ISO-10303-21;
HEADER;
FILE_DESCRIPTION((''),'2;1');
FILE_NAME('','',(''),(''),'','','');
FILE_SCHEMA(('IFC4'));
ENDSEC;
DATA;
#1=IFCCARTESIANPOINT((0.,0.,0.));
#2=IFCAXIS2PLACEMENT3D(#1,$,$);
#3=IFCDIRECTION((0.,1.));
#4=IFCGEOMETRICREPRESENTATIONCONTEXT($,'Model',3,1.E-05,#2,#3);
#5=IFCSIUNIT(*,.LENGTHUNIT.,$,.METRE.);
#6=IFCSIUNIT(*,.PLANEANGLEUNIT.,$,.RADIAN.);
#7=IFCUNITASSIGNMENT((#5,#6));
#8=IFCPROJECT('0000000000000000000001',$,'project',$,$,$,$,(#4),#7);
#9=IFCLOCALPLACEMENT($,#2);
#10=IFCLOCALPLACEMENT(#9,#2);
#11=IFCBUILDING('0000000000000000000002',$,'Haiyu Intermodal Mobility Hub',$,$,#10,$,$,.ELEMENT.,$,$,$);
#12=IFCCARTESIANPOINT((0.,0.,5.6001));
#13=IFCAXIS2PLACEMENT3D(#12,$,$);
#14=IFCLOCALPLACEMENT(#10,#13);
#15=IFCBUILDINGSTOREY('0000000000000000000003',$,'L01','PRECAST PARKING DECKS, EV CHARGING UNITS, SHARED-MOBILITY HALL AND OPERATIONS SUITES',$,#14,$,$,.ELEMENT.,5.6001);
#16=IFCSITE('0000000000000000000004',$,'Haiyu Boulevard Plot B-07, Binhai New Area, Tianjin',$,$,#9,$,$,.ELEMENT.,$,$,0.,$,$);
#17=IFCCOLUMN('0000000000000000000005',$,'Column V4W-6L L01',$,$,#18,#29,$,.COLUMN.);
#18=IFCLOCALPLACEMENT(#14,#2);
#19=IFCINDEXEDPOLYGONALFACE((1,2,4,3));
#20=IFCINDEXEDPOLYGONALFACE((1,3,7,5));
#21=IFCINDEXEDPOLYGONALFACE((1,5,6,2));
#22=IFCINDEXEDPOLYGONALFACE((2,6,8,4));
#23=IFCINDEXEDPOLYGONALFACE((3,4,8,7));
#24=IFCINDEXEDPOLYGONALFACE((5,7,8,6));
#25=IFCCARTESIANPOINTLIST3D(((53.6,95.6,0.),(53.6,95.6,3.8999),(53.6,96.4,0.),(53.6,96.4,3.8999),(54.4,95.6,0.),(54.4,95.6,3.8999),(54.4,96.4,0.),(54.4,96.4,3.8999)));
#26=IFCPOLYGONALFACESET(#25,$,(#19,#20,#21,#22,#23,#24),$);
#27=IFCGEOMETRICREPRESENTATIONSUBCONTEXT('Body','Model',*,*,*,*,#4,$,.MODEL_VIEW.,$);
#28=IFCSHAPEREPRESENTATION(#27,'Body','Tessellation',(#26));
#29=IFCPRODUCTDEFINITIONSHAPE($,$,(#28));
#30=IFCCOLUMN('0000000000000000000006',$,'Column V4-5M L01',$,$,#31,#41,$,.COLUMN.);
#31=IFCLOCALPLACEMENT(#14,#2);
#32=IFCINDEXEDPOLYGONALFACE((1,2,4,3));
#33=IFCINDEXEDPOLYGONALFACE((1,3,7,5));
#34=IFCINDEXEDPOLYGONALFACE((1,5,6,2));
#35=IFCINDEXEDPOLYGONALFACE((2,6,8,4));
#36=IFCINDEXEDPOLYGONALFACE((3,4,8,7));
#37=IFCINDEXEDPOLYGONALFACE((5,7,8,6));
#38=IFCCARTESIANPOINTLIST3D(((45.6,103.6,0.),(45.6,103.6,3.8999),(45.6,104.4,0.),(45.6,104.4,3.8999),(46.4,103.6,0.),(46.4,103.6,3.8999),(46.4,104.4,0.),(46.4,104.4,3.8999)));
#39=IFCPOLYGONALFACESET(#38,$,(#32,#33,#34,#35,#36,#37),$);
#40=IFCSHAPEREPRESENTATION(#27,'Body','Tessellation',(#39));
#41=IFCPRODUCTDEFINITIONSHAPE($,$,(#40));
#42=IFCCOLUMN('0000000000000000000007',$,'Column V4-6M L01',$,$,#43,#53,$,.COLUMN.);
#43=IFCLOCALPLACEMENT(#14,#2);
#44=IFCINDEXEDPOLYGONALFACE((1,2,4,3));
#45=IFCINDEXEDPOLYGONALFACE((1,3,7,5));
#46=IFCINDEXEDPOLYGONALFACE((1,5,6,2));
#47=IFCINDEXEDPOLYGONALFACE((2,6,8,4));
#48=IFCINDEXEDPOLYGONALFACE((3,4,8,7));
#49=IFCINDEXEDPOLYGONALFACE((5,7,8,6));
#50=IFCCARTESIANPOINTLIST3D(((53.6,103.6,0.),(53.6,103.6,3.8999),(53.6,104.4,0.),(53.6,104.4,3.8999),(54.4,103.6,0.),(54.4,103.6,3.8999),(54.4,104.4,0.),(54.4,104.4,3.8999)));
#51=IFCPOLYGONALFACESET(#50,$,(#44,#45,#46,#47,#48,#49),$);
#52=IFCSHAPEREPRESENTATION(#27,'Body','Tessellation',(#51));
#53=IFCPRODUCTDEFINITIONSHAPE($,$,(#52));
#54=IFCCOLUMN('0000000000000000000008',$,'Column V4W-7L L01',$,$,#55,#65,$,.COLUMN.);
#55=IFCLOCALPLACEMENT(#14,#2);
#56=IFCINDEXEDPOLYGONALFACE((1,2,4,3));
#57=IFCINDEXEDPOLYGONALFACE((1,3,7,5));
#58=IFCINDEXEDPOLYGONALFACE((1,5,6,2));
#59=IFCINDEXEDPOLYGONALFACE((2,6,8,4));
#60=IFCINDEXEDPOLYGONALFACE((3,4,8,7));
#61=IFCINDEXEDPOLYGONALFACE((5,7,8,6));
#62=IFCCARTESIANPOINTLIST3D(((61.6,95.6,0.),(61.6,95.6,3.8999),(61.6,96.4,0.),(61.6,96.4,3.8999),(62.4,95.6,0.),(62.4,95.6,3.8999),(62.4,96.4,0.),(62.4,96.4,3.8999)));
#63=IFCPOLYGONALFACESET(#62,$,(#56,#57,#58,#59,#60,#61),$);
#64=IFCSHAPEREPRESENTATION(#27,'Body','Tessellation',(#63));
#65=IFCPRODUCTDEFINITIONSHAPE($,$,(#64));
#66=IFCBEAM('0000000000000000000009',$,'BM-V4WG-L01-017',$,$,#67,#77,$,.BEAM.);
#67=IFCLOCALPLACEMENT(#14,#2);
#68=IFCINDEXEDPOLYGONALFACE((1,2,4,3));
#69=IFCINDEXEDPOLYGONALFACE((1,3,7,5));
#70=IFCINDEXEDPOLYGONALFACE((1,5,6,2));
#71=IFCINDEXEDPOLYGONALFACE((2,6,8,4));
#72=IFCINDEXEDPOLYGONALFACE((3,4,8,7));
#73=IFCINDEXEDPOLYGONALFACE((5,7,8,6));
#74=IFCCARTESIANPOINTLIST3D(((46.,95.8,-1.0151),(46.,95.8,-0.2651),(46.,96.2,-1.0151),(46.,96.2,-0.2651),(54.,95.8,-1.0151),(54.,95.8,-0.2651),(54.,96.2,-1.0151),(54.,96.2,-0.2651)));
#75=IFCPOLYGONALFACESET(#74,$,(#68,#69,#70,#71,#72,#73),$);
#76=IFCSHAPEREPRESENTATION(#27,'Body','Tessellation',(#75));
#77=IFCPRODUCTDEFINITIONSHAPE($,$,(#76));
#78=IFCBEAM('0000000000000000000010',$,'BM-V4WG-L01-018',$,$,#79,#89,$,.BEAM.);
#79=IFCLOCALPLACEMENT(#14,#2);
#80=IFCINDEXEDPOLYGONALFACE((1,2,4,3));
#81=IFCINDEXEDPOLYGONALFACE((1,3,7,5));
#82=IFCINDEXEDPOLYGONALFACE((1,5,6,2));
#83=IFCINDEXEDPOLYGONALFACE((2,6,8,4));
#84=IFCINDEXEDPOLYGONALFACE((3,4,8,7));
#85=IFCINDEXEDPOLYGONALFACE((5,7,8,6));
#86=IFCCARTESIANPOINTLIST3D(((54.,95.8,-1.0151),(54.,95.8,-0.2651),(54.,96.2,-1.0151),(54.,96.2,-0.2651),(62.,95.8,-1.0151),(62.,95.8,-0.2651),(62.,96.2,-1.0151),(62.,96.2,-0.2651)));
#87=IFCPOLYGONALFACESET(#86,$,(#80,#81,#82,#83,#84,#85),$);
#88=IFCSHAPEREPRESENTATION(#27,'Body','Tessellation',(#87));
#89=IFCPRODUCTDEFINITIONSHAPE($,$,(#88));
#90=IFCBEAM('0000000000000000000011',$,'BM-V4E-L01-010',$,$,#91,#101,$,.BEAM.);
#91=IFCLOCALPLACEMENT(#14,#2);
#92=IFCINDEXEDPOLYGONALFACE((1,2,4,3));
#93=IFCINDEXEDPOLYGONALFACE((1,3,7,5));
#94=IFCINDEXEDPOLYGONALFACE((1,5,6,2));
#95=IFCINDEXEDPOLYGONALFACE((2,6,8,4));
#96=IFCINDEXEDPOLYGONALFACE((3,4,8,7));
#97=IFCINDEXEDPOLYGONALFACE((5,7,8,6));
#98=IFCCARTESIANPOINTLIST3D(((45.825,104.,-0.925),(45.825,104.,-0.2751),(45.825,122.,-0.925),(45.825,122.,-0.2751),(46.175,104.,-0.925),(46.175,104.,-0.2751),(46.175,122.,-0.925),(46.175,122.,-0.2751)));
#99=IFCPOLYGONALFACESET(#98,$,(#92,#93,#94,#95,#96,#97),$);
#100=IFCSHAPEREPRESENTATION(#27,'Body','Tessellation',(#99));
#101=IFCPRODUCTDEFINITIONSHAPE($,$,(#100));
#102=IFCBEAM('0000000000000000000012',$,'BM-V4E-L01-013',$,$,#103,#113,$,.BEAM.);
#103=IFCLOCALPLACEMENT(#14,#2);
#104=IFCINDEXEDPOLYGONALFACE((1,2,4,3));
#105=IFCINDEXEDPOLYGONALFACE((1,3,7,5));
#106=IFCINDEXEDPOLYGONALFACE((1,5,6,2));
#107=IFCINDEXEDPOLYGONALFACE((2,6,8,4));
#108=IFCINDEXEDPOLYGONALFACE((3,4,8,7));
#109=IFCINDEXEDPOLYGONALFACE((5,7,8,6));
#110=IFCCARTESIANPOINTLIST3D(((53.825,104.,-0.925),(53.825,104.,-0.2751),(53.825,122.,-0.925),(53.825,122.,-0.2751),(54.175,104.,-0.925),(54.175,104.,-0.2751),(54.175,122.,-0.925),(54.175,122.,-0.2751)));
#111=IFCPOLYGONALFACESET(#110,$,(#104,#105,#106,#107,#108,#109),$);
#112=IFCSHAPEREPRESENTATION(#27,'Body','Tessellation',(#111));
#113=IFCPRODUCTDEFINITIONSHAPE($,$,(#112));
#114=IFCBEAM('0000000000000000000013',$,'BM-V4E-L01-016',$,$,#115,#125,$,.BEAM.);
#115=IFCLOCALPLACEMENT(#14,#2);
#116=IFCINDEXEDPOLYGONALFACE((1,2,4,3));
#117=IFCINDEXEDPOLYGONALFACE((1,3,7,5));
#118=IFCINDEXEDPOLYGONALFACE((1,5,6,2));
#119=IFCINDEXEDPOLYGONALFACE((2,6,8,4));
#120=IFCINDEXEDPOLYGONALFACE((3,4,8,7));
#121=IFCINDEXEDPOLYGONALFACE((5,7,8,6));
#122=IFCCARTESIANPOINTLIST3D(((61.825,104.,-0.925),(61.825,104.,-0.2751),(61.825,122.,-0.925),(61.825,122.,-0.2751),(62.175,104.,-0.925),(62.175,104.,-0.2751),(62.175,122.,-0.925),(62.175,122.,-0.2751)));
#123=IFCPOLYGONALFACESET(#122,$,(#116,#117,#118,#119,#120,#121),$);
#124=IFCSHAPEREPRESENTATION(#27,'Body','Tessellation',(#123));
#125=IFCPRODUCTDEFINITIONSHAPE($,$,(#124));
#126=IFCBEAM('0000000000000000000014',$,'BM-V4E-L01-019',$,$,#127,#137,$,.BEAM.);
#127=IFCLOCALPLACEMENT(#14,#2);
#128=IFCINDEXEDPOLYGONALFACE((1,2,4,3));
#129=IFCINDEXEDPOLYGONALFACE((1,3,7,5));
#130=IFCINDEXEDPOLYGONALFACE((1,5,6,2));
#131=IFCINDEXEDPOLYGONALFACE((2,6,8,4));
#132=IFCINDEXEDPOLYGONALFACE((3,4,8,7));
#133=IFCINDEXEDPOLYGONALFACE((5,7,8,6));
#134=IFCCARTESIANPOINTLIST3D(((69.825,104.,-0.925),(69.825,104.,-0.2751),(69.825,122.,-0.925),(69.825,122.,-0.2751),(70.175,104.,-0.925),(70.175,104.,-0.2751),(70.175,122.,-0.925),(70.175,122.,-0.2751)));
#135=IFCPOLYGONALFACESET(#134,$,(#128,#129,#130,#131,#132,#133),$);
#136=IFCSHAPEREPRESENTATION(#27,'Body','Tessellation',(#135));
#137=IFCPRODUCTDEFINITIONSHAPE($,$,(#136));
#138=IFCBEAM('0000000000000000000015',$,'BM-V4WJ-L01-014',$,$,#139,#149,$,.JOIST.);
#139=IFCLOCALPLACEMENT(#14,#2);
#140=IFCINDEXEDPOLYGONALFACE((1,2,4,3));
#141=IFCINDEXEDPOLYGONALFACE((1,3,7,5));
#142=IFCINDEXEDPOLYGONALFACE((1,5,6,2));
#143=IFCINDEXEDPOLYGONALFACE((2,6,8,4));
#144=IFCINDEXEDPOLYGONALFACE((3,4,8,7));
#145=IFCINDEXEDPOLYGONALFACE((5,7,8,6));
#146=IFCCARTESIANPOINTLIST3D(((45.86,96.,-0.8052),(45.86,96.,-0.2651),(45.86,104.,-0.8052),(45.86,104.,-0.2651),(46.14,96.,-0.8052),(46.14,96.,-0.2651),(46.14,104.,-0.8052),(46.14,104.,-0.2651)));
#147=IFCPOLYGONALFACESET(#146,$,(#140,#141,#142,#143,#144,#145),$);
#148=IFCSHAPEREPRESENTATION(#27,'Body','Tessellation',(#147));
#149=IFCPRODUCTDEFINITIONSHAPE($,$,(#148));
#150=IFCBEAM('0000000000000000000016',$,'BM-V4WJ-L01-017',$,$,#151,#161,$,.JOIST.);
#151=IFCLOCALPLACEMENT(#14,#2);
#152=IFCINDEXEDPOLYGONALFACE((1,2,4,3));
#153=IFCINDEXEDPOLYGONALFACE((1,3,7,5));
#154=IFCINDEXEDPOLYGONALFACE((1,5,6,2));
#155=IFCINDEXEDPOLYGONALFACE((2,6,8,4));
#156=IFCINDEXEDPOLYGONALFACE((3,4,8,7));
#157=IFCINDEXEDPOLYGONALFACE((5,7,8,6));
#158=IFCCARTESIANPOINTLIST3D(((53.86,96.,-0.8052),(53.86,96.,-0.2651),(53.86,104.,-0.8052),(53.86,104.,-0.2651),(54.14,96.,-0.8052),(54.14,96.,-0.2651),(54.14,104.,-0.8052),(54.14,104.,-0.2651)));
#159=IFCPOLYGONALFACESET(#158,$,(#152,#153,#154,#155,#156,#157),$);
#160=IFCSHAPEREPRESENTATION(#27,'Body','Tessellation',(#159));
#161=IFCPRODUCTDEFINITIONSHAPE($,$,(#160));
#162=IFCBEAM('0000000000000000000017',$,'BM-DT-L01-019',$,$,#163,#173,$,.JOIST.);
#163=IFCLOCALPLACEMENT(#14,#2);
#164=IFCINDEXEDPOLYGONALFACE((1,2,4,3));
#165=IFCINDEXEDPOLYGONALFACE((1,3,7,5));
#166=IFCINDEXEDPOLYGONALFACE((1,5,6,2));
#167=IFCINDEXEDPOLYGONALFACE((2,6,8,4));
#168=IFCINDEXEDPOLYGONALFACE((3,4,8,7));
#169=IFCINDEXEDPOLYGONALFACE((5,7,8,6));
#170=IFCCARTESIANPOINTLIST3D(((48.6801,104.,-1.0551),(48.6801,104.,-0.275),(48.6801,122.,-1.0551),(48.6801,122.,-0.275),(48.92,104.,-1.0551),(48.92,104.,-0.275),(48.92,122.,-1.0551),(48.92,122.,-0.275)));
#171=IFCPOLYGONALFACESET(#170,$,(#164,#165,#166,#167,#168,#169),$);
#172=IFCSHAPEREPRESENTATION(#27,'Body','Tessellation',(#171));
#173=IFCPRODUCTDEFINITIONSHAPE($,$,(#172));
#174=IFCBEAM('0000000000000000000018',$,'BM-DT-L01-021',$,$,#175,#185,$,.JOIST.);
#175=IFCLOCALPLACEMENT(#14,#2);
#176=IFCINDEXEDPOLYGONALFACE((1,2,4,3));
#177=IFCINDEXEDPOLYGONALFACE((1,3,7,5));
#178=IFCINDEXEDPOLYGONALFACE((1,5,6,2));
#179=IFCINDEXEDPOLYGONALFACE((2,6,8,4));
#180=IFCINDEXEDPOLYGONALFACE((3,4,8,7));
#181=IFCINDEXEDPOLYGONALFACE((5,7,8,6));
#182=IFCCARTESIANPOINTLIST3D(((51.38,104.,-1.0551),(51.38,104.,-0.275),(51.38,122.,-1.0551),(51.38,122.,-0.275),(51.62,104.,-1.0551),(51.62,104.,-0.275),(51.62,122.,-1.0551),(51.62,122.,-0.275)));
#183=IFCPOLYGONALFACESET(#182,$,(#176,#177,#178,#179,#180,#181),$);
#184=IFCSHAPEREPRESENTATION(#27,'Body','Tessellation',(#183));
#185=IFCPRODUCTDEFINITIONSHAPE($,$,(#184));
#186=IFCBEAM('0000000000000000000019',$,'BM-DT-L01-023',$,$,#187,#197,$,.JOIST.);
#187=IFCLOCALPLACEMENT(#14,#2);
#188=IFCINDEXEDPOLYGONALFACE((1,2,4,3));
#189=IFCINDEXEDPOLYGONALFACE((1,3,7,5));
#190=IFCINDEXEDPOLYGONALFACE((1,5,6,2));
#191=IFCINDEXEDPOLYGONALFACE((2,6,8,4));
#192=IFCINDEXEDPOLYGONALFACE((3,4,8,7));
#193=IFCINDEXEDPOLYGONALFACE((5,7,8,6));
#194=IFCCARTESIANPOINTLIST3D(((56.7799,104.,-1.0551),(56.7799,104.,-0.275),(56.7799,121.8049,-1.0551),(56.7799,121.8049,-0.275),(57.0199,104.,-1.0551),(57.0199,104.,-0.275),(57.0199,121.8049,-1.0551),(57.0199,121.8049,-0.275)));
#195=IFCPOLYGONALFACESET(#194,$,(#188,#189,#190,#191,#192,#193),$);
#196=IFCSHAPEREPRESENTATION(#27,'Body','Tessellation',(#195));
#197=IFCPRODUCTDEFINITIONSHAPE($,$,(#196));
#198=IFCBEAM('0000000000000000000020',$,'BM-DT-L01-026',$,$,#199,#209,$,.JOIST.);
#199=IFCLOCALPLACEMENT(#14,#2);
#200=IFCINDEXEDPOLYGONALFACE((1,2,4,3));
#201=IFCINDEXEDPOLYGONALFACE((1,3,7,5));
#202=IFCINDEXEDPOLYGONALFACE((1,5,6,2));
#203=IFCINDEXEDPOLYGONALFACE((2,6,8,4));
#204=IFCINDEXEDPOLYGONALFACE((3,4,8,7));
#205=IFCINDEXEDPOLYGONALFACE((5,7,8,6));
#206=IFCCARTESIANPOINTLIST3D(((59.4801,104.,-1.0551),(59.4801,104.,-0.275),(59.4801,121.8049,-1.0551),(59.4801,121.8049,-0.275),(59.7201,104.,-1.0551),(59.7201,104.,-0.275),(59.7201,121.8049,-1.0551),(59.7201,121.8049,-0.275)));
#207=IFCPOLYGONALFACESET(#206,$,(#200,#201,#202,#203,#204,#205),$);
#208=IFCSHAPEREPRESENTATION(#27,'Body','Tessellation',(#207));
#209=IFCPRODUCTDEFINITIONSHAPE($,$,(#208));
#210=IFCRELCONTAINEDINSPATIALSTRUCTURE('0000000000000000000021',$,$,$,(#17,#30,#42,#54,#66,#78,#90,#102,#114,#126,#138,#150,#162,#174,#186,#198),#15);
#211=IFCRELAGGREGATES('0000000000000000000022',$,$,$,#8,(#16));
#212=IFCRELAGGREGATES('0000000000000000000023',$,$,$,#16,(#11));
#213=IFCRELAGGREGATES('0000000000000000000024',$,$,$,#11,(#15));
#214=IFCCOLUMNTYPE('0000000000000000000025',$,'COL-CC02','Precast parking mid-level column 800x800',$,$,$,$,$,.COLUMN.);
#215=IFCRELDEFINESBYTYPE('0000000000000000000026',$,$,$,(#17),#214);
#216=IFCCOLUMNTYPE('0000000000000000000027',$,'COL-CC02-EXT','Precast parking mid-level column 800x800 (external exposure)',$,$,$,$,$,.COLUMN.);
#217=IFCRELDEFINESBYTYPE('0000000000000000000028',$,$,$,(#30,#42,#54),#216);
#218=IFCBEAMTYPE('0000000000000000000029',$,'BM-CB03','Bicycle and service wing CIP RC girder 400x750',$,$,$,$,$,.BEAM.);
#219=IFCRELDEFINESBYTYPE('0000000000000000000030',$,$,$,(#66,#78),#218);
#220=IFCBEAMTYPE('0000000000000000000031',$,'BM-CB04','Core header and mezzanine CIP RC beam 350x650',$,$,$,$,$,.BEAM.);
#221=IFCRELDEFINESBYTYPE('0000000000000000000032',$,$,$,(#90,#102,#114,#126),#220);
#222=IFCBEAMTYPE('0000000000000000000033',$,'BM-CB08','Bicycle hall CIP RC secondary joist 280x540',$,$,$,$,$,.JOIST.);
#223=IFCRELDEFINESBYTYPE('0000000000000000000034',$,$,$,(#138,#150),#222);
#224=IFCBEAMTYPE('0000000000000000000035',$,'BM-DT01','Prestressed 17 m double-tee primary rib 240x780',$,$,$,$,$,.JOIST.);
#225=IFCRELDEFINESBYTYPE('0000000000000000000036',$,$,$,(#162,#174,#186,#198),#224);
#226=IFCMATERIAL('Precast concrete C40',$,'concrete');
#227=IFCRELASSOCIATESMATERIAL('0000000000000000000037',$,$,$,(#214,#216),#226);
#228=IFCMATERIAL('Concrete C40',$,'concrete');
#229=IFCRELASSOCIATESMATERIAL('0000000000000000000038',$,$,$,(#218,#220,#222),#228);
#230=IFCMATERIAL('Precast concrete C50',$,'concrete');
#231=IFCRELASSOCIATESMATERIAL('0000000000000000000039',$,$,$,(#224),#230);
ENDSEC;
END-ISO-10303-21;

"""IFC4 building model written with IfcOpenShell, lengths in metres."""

from ifc_helpers import new_model, si_unit, direction, frame, origin, origin_2d, place, context, subcontext, project, spatial, rectangle, extrude, material, material_profile, profile_set, type_object, element, save


model = new_model("IFC4")

# Units and contexts
model_context = context("Model", 3, precision=1e-05, world=origin(), true_north=direction((0.0, 1.0)))
body_context = subcontext(model_context, "Body", "Model", "MODEL_VIEW")
ifc_project = project(units=[si_unit("LENGTHUNIT", "METRE"), si_unit("PLANEANGLEUNIT", "RADIAN")], contexts=[model_context])

# Site, building, storey
site_placement = place(None, origin())
site = spatial("IfcSite", under=ifc_project, at=site_placement, Name="Haiyu Boulevard Plot B-07, Binhai New Area, Tianjin", CompositionType="ELEMENT", RefElevation=0.0)
building_placement = place(site_placement, origin())
building = spatial("IfcBuilding", under=site, at=building_placement, Name="Haiyu Intermodal Mobility Hub", CompositionType="ELEMENT")
storey_placement = place(building_placement, frame((0.0, 0.0, 5.6001)))
storey = spatial("IfcBuildingStorey", under=building, at=storey_placement, Name="L01", Description="PRECAST PARKING DECKS, EV CHARGING UNITS, SHARED-MOBILITY HALL AND OPERATIONS SUITES", CompositionType="ELEMENT", Elevation=5.6001)

# Columns
ifc_material_1 = material(Name="Precast concrete C40", Category="concrete")
ifc_material_profile_1 = material_profile(ifc_material_1, rectangle(XDim=0.8, YDim=0.8, at=origin_2d()), Name="RC800x800")
ifc_profile_set_1 = profile_set([ifc_material_profile_1], Name="Precast concrete C40")
column_type_1 = type_object("IfcColumnType", Name="COL-CC02", Description="Precast parking mid-level column 800x800", PredefinedType="COLUMN", material=ifc_profile_set_1)
column_placement = place(storey_placement, frame((54.0, 96.0, 0.0), z_axis=(0.0, 0.0, 1.0), x_axis=(1.0, 0.0, 0.0)))
element("IfcColumn", 1, at=column_placement, inside=storey, type_object=column_type_1, Name="Column V4W-6L L01", PredefinedType="COLUMN", context=body_context, shape_type="SweptSolid", body=[
    extrude(rectangle(XDim=0.8, YDim=0.8, at=origin_2d()), origin(), (0.0, 0.0, 1.0), 3.8999),
])
ifc_material_profile_2 = material_profile(ifc_material_1, rectangle(XDim=0.8, YDim=0.8, at=origin_2d()), Name="RC800x800")
ifc_profile_set_2 = profile_set([ifc_material_profile_2], Name="Precast concrete C40")
column_type_2 = type_object("IfcColumnType", Name="COL-CC02-EXT", Description="Precast parking mid-level column 800x800 (external exposure)", PredefinedType="COLUMN", material=ifc_profile_set_2)
for number, where, z_axis, x_axis, name in (
    (2, (46.0, 104.0, 0.0), (0.0, 0.0, 1.0), (1.0, 0.0, 0.0), "Column V4-5M L01"),
    (3, (54.0, 104.0, 0.0), (0.0, 0.0, 1.0), (1.0, 0.0, 0.0), "Column V4-6M L01"),
    (4, (62.0, 96.0, 0.0), (0.0, 0.0, 1.0), (1.0, 0.0, 0.0), "Column V4W-7L L01"),
):
    element("IfcColumn", number, at=place(storey_placement, frame(where, z_axis=z_axis, x_axis=x_axis)), inside=storey, type_object=column_type_2, Name=name, PredefinedType="COLUMN", context=body_context, shape_type="SweptSolid", body=[
        extrude(rectangle(XDim=0.8, YDim=0.8, at=origin_2d()), origin(), (0.0, 0.0, 1.0), 3.8999),
    ])

# Beams
ifc_material_2 = material(Name="Concrete C40", Category="concrete")
ifc_material_profile_3 = material_profile(ifc_material_2, rectangle(XDim=0.3999, YDim=0.75, at=origin_2d()), Name="RCB400x750")
ifc_profile_set_3 = profile_set([ifc_material_profile_3], Name="Concrete C40")
beam_type_1 = type_object("IfcBeamType", Name="BM-CB03", Description="Bicycle and service wing CIP RC girder 400x750", PredefinedType="BEAM", material=ifc_profile_set_3)
for number, where, z_axis, x_axis, name in (
    (5, (46.0, 96.0, -0.6401), (1.0, 0.0, 0.0), (0.0, 1.0, 0.0), "BM-V4WG-L01-017"),
    (6, (54.0, 96.0, -0.6401), (1.0, 0.0, 0.0), (0.0, 1.0, 0.0), "BM-V4WG-L01-018"),
):
    element("IfcBeam", number, at=place(storey_placement, frame(where, z_axis=z_axis, x_axis=x_axis)), inside=storey, type_object=beam_type_1, Name=name, PredefinedType="BEAM", context=body_context, shape_type="SweptSolid", body=[
        extrude(rectangle(XDim=0.3999, YDim=0.75, at=origin_2d()), origin(), (0.0, 0.0, 1.0), 8.0),
    ])
ifc_material_profile_4 = material_profile(ifc_material_2, rectangle(XDim=0.3501, YDim=0.6499, at=origin_2d()), Name="RCB350x650")
ifc_profile_set_4 = profile_set([ifc_material_profile_4], Name="Concrete C40")
beam_type_2 = type_object("IfcBeamType", Name="BM-CB04", Description="Core header and mezzanine CIP RC beam 350x650", PredefinedType="BEAM", material=ifc_profile_set_4)
for number, where, z_axis, x_axis, name in (
    (7, (46.0, 104.0, -0.6001), (0.0, 1.0, 0.0), (-1.0, 0.0, 0.0), "BM-V4E-L01-010"),
    (8, (54.0, 104.0, -0.6001), (0.0, 1.0, 0.0), (-1.0, 0.0, 0.0), "BM-V4E-L01-013"),
    (9, (62.0, 104.0, -0.6001), (0.0, 1.0, 0.0), (-1.0, 0.0, 0.0), "BM-V4E-L01-016"),
    (10, (70.0, 104.0, -0.6001), (0.0, 1.0, 0.0), (-1.0, 0.0, 0.0), "BM-V4E-L01-019"),
):
    element("IfcBeam", number, at=place(storey_placement, frame(where, z_axis=z_axis, x_axis=x_axis)), inside=storey, type_object=beam_type_2, Name=name, PredefinedType="BEAM", context=body_context, shape_type="SweptSolid", body=[
        extrude(rectangle(XDim=0.3501, YDim=0.6499, at=origin_2d()), origin(), (0.0, 0.0, 1.0), 18.0),
    ])
ifc_material_profile_5 = material_profile(ifc_material_2, rectangle(XDim=0.28, YDim=0.54, at=origin_2d()), Name="RCB280x540")
ifc_profile_set_5 = profile_set([ifc_material_profile_5], Name="Concrete C40")
beam_type_3 = type_object("IfcBeamType", Name="BM-CB08", Description="Bicycle hall CIP RC secondary joist 280x540", PredefinedType="JOIST", material=ifc_profile_set_5)
for number, where, z_axis, x_axis, name in (
    (11, (46.0, 96.0, -0.5352), (0.0, 1.0, 0.0), (-1.0, 0.0, 0.0), "BM-V4WJ-L01-014"),
    (12, (54.0, 96.0, -0.5352), (0.0, 1.0, 0.0), (-1.0, 0.0, 0.0), "BM-V4WJ-L01-017"),
):
    element("IfcBeam", number, at=place(storey_placement, frame(where, z_axis=z_axis, x_axis=x_axis)), inside=storey, type_object=beam_type_3, Name=name, PredefinedType="JOIST", context=body_context, shape_type="SweptSolid", body=[
        extrude(rectangle(XDim=0.28, YDim=0.54, at=origin_2d()), origin(), (0.0, 0.0, 1.0), 8.0),
    ])
ifc_material_3 = material(Name="Precast concrete C50", Category="concrete")
ifc_material_profile_6 = material_profile(ifc_material_3, rectangle(XDim=0.24, YDim=0.78, at=origin_2d()), Name="PC240x780")
ifc_profile_set_6 = profile_set([ifc_material_profile_6], Name="Precast concrete C50")
beam_type_4 = type_object("IfcBeamType", Name="BM-DT01", Description="Prestressed 17 m double-tee primary rib 240x780", PredefinedType="JOIST", material=ifc_profile_set_6)
for number, where, z_axis, x_axis, name in (
    (13, (48.8, 104.0, -0.665), (0.0, 1.0, 0.0), (-1.0, 0.0, 0.0), "BM-DT-L01-019"),
    (14, (51.5, 104.0, -0.665), (0.0, 1.0, 0.0), (-1.0, 0.0, 0.0), "BM-DT-L01-021"),
):
    element("IfcBeam", number, at=place(storey_placement, frame(where, z_axis=z_axis, x_axis=x_axis)), inside=storey, type_object=beam_type_4, Name=name, PredefinedType="JOIST", context=body_context, shape_type="SweptSolid", body=[
        extrude(rectangle(XDim=0.24, YDim=0.78, at=origin_2d()), origin(), (0.0, 0.0, 1.0), 18.0),
    ])
for number, where, z_axis, x_axis, name in (
    (15, (56.8999, 104.0, -0.665), (0.0, 1.0, 0.0), (-1.0, 0.0, 0.0), "BM-DT-L01-023"),
    (16, (59.6001, 104.0, -0.665), (0.0, 1.0, 0.0), (-1.0, 0.0, 0.0), "BM-DT-L01-026"),
):
    element("IfcBeam", number, at=place(storey_placement, frame(where, z_axis=z_axis, x_axis=x_axis)), inside=storey, type_object=beam_type_4, Name=name, PredefinedType="JOIST", context=body_context, shape_type="SweptSolid", body=[
        extrude(rectangle(XDim=0.24, YDim=0.78, at=origin_2d()), origin(), (0.0, 0.0, 1.0), 17.8049),
    ])

save(model, "model.ifc")
